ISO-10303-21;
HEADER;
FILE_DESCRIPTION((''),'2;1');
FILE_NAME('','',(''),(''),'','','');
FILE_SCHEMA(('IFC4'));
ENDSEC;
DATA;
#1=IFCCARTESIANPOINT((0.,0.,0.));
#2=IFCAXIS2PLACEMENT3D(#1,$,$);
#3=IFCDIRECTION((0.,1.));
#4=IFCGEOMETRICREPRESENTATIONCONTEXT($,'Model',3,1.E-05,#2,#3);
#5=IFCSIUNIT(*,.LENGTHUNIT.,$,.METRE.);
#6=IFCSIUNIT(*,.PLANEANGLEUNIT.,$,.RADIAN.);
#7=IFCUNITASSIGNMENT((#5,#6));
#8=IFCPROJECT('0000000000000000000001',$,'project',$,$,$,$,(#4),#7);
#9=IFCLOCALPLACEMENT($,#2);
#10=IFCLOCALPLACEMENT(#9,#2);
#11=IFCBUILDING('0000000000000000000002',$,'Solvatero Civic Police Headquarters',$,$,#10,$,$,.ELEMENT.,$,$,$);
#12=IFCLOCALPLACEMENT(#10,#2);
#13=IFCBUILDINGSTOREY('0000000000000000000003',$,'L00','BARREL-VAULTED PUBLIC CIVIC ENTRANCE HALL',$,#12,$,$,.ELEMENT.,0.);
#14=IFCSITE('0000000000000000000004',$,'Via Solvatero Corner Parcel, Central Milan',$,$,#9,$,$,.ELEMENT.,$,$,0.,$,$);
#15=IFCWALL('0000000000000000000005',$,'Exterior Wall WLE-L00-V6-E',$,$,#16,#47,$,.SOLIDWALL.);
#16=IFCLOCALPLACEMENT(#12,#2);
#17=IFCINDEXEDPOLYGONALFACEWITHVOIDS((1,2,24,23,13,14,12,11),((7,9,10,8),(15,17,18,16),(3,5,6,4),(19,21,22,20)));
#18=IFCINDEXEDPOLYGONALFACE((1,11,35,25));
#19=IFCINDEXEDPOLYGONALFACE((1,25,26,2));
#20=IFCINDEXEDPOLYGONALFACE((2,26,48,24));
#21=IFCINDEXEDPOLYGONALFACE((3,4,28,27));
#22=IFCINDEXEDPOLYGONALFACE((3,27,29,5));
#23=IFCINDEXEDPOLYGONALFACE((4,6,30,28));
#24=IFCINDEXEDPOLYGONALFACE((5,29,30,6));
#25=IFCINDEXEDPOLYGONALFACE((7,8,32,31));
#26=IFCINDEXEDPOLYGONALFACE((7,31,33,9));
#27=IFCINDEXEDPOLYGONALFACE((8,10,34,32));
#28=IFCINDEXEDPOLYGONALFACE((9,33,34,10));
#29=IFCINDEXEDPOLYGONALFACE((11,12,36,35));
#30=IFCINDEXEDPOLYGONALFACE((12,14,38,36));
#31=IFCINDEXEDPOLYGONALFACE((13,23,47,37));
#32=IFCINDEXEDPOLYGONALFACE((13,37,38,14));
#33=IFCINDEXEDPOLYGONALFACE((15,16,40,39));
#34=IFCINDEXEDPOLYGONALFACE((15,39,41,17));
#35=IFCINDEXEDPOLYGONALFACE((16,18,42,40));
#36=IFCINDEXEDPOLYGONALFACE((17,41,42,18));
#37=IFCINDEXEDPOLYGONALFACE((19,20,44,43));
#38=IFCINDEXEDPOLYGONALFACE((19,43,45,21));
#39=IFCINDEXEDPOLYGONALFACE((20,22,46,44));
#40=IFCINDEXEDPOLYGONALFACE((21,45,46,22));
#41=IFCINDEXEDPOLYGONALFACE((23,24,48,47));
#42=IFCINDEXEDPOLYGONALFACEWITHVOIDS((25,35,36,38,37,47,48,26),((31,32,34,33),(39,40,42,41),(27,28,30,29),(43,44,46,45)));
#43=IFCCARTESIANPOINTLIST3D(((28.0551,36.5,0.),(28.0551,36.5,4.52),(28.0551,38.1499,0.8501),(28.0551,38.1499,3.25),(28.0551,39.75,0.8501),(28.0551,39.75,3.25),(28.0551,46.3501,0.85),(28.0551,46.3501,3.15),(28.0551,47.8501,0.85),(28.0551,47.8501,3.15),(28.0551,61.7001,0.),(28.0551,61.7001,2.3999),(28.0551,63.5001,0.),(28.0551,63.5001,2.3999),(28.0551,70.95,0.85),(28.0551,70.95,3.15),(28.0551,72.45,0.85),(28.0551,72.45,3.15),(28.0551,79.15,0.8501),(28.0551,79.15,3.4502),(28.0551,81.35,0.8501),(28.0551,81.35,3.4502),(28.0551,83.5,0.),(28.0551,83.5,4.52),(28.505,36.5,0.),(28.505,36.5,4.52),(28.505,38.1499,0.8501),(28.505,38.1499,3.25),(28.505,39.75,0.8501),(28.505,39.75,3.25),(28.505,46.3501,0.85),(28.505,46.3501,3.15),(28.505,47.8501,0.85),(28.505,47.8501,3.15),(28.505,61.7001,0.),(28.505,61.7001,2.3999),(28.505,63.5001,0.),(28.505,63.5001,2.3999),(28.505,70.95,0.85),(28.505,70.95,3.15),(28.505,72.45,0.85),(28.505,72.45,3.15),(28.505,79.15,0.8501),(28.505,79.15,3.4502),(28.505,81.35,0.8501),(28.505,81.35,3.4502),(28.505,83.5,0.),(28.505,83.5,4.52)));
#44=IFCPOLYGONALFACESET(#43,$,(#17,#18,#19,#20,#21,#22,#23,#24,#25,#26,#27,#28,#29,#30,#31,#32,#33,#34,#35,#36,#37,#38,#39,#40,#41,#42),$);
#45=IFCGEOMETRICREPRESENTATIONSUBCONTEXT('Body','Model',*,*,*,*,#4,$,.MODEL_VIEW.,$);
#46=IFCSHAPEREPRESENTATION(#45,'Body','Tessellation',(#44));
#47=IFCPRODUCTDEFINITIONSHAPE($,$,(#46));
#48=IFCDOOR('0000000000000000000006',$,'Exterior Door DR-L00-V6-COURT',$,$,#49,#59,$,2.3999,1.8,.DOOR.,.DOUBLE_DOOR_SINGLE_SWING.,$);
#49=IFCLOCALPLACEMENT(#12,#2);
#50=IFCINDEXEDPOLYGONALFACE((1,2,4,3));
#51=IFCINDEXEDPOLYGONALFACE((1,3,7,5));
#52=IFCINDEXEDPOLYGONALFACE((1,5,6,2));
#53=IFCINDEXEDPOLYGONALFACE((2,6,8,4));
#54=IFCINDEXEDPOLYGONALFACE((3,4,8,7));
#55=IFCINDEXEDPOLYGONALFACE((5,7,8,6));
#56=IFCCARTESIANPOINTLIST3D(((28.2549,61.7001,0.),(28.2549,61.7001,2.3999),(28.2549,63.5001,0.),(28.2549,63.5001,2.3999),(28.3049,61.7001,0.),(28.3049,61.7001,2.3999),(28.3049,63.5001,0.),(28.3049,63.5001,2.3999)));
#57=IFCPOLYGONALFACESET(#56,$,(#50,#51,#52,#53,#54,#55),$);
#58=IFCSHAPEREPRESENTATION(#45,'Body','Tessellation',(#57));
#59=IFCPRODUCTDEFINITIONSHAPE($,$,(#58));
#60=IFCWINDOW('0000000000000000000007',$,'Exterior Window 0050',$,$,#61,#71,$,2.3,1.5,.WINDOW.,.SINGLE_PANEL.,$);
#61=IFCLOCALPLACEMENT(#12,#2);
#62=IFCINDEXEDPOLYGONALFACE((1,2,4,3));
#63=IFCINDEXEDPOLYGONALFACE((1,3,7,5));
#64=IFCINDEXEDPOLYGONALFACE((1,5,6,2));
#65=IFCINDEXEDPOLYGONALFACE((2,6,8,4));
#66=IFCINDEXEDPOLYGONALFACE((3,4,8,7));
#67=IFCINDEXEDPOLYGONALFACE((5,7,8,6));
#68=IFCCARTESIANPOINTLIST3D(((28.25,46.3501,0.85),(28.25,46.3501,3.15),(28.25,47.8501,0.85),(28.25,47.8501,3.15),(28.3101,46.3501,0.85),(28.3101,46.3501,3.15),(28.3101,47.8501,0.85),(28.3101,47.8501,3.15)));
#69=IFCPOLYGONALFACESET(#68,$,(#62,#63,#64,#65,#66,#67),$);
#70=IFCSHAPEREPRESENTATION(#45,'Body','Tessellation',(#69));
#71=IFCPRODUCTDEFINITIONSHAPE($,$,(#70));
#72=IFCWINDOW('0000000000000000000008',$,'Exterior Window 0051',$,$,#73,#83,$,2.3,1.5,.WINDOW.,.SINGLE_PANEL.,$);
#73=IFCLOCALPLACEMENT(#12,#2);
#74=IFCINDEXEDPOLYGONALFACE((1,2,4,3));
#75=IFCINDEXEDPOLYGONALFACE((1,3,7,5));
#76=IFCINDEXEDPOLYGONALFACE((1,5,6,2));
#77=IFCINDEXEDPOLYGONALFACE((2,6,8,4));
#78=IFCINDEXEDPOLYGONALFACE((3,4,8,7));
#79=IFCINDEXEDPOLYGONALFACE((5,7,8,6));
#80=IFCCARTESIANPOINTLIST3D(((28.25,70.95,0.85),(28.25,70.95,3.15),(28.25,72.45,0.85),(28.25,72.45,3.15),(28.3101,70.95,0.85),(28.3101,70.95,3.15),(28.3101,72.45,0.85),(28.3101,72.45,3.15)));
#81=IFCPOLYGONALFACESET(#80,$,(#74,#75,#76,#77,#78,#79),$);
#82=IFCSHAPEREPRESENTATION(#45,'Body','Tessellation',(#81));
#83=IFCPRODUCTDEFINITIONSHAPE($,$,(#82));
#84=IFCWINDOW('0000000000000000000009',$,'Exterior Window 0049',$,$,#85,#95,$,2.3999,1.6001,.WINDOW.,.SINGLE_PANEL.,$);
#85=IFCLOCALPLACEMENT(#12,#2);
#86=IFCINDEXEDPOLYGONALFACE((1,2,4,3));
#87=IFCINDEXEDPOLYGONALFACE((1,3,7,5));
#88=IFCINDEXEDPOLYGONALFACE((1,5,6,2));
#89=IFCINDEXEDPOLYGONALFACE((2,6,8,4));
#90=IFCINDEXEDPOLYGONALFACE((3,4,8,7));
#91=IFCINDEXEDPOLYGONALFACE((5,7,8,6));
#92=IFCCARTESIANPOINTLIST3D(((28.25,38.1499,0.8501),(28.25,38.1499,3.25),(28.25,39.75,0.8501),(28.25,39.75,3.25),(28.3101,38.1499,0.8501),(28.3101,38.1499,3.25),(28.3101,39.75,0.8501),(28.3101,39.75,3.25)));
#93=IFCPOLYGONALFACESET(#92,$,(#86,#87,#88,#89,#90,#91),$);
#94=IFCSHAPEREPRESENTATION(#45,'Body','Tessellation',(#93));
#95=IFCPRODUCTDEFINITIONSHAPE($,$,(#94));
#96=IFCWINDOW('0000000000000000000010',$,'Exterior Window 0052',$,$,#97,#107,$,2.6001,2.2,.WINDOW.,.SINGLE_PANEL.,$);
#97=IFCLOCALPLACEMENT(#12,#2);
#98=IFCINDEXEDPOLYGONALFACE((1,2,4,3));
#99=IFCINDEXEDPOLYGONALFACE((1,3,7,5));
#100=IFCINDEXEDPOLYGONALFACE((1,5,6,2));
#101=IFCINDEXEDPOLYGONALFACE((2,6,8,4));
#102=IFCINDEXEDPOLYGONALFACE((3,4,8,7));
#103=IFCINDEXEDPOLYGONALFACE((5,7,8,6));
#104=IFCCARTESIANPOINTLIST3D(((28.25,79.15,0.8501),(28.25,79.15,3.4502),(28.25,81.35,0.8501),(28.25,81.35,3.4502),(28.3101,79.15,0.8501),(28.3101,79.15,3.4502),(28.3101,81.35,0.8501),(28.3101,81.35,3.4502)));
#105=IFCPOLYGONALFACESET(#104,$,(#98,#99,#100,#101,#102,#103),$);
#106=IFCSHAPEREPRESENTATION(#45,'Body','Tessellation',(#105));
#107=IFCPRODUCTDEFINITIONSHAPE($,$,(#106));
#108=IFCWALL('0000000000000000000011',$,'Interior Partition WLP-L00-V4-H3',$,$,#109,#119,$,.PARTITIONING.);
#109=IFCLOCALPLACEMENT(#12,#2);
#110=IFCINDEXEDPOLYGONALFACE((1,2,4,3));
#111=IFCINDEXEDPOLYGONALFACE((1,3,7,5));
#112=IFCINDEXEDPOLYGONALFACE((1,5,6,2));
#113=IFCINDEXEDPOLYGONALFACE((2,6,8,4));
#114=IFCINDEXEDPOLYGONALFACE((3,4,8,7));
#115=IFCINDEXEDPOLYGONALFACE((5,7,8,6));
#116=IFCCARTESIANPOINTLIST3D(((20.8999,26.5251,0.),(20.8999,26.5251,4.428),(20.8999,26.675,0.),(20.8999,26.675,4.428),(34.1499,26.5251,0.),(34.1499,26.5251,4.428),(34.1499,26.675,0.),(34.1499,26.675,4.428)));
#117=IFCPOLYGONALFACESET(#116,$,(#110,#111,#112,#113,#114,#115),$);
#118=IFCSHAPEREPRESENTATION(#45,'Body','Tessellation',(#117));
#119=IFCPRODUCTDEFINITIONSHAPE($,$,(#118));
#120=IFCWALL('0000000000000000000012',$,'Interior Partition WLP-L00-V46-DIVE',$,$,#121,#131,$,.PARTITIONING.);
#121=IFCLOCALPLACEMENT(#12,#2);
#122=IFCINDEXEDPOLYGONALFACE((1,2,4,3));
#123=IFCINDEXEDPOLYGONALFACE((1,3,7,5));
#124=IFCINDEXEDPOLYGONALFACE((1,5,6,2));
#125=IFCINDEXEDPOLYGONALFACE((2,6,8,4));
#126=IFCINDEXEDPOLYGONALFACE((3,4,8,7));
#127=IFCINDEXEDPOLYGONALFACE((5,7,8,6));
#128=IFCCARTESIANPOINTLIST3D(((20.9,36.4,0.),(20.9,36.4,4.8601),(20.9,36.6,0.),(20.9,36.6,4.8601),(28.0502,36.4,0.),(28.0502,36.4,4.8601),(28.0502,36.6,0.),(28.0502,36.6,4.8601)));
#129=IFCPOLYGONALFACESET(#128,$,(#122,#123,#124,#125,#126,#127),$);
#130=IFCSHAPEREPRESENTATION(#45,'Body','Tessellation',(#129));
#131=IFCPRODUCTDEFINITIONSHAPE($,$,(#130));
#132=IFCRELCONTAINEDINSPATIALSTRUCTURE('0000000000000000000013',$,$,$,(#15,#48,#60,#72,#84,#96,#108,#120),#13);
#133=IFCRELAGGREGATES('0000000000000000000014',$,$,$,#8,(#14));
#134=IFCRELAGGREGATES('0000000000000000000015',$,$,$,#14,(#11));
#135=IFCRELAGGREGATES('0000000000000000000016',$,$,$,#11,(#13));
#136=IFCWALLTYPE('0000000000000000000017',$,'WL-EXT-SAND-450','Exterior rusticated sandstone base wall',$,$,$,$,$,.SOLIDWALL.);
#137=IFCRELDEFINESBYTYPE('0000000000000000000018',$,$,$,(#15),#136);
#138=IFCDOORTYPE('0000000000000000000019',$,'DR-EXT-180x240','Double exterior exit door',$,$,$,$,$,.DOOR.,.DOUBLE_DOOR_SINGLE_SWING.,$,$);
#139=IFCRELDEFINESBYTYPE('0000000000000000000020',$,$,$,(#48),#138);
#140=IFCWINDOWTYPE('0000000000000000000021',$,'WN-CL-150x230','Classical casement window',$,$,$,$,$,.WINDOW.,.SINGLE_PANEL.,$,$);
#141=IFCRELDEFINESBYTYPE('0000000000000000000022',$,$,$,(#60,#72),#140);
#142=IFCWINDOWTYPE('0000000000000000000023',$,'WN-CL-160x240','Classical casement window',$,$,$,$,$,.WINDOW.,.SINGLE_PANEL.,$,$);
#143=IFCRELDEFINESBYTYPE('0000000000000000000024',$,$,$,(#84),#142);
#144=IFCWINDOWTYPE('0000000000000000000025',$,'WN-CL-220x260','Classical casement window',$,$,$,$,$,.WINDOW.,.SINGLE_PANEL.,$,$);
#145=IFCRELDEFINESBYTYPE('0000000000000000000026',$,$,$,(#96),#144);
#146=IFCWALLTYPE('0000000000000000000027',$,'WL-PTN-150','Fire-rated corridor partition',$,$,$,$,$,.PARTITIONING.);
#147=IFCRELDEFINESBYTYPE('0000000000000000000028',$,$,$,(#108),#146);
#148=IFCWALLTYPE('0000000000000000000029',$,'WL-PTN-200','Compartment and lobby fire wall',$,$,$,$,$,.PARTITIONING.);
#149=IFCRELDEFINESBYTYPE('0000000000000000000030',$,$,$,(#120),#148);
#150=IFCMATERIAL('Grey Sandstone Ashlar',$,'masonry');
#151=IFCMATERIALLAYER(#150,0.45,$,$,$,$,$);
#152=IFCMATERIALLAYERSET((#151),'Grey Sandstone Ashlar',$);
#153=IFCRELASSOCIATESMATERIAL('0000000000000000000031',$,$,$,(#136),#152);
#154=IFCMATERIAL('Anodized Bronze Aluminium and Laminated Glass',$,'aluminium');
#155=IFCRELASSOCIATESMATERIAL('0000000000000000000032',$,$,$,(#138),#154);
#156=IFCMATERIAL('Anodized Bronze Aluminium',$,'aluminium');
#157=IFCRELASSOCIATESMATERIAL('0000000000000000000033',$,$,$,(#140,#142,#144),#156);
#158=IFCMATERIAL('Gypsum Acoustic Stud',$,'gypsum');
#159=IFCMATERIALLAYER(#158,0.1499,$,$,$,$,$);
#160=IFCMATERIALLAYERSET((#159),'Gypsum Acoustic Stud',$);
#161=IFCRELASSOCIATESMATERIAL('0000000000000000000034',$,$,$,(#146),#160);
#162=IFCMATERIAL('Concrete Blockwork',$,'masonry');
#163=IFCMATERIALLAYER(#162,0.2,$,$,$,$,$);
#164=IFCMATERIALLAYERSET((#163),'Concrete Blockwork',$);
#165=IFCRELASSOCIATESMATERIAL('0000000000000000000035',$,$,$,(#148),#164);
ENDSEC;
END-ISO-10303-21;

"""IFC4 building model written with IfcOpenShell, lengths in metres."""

from ifc_helpers import new_model, si_unit, direction, frame, frame_2d, origin, place, context, subcontext, project, spatial, rectangle, extrude, material, layer, layer_set, type_object, element, fill, save


model = new_model("IFC4")

# Units and contexts
model_context = context("Model", 3, precision=1e-05, world=origin(), true_north=direction((0.0, 1.0)))
body_context = subcontext(model_context, "Body", "Model", "MODEL_VIEW")
ifc_project = project(units=[si_unit("LENGTHUNIT", "METRE"), si_unit("PLANEANGLEUNIT", "RADIAN")], contexts=[model_context])

# Site, building, storey
site_placement = place(None, origin())
site = spatial("IfcSite", under=ifc_project, at=site_placement, Name="Via Solvatero Corner Parcel, Central Milan", CompositionType="ELEMENT", RefElevation=0.0)
building_placement = place(site_placement, origin())
building = spatial("IfcBuilding", under=site, at=building_placement, Name="Solvatero Civic Police Headquarters", CompositionType="ELEMENT")
storey_placement = place(building_placement, origin())
storey = spatial("IfcBuildingStorey", under=building, at=storey_placement, Name="L00", Description="BARREL-VAULTED PUBLIC CIVIC ENTRANCE HALL", CompositionType="ELEMENT", Elevation=0.0)

# Shared definitions
ifc_material_1 = material(Name="Grey Sandstone Ashlar", Category="masonry")
ifc_layer_1 = layer(ifc_material_1, 0.45)
ifc_layer_set_1 = layer_set([ifc_layer_1], Name="Grey Sandstone Ashlar")
wall_type_1 = type_object("IfcWallType", Name="WL-EXT-SAND-450", Description="Exterior rusticated sandstone base wall", PredefinedType="SOLIDWALL", material=ifc_layer_set_1)
ifc_material_2 = material(Name="Anodized Bronze Aluminium", Category="aluminium")

# Wall, openings, door, windows
wall_1_placement = place(storey_placement, frame((28.28, 36.5, 0.0), z_axis=(0.0, 0.0, 1.0), x_axis=(0.0, 1.0, 0.0)))
wall_1 = element("IfcWall", 1, at=wall_1_placement, inside=storey, type_object=wall_type_1, Name="Exterior Wall WLE-L00-V6-E", PredefinedType="SOLIDWALL", context=body_context, shape_type="SweptSolid", body=[
    extrude(rectangle(XDim=47.0, YDim=0.45, at=frame_2d((23.5, 0.0))), origin(), (0.0, 0.0, 1.0), 4.52),
])
opening_1_placement = place(wall_1_placement, frame((27.0, 0.0, 0.0), z_axis=(0.0, 0.0, 1.0), x_axis=(-1.0, 0.0, 0.0)))
opening_1 = element("IfcOpeningElement", 2, at=opening_1_placement, cuts=wall_1, PredefinedType="OPENING", context=body_context, shape_type="SweptSolid", body=[
    extrude(rectangle(XDim=1.8, YDim=2.3999, at=frame_2d((0.8999, 1.2))), frame((0.0, 0.2349, 0.0), z_axis=(0.0, -1.0, 0.0), x_axis=(1.0, 0.0, 0.0)), (0.0, 0.0, 1.0), 0.47),
])
opening_2_placement = place(wall_1_placement, frame((1.6499, 0.0, 0.8501)))
opening_2 = element("IfcOpeningElement", 3, at=opening_2_placement, cuts=wall_1, PredefinedType="OPENING", context=body_context, shape_type="SweptSolid", body=[
    extrude(rectangle(XDim=1.6001, YDim=2.3999, at=frame_2d((0.8, 1.2))), frame((0.0, 0.2349, 0.0), z_axis=(0.0, -1.0, 0.0), x_axis=(1.0, 0.0, 0.0)), (0.0, 0.0, 1.0), 0.47),
])
opening_3_placement = place(wall_1_placement, frame((9.8501, 0.0, 0.8501)))
opening_3 = element("IfcOpeningElement", 4, at=opening_3_placement, cuts=wall_1, PredefinedType="OPENING", context=body_context, shape_type="SweptSolid", body=[
    extrude(rectangle(XDim=1.5, YDim=2.3, at=frame_2d((0.75, 1.1499))), frame((0.0, 0.2349, 0.0), z_axis=(0.0, -1.0, 0.0), x_axis=(1.0, 0.0, 0.0)), (0.0, 0.0, 1.0), 0.47),
])
opening_4_placement = place(wall_1_placement, frame((34.45, 0.0, 0.8501)))
opening_4 = element("IfcOpeningElement", 5, at=opening_4_placement, cuts=wall_1, PredefinedType="OPENING", context=body_context, shape_type="SweptSolid", body=[
    extrude(rectangle(XDim=1.5, YDim=2.3, at=frame_2d((0.75, 1.1499))), frame((0.0, 0.2349, 0.0), z_axis=(0.0, -1.0, 0.0), x_axis=(1.0, 0.0, 0.0)), (0.0, 0.0, 1.0), 0.47),
])
opening_5_placement = place(wall_1_placement, frame((42.6499, 0.0, 0.8501)))
opening_5 = element("IfcOpeningElement", 6, at=opening_5_placement, cuts=wall_1, PredefinedType="OPENING", context=body_context, shape_type="SweptSolid", body=[
    extrude(rectangle(XDim=2.2, YDim=2.6001, at=frame_2d((1.1001, 1.3))), frame((0.0, 0.2349, 0.0), z_axis=(0.0, -1.0, 0.0), x_axis=(1.0, 0.0, 0.0)), (0.0, 0.0, 1.0), 0.47),
])
ifc_material_3 = material(Name="Anodized Bronze Aluminium and Laminated Glass", Category="aluminium")
door_type = type_object("IfcDoorType", Name="DR-EXT-180x240", Description="Double exterior exit door", OperationType="DOUBLE_DOOR_SINGLE_SWING", PredefinedType="DOOR", material=ifc_material_3)
door_placement = place(opening_1_placement, origin())
door = element("IfcDoor", 7, at=door_placement, inside=storey, type_object=door_type, Name="Exterior Door DR-L00-V6-COURT", OperationType="DOUBLE_DOOR_SINGLE_SWING", OverallHeight=2.3999, OverallWidth=1.8, PredefinedType="DOOR", context=body_context, shape_type="SweptSolid", body=[
    extrude(rectangle(XDim=1.8, YDim=2.3999, at=frame_2d((0.8999, 1.2))), frame((0.0, 0.0249, 0.0), z_axis=(0.0, -1.0, 0.0), x_axis=(1.0, 0.0, 0.0)), (0.0, 0.0, 1.0), 0.05),
])
fill(opening_1, door)
window_type_1 = type_object("IfcWindowType", Name="WN-CL-150x230", Description="Classical casement window", PartitioningType="SINGLE_PANEL", PredefinedType="WINDOW", material=ifc_material_2)
window_1_placement = place(opening_3_placement, origin())
window_1 = element("IfcWindow", 8, at=window_1_placement, inside=storey, type_object=window_type_1, Name="Exterior Window 0050", OverallHeight=2.3, OverallWidth=1.5, PartitioningType="SINGLE_PANEL", PredefinedType="WINDOW", context=body_context, shape_type="SweptSolid", body=[
    extrude(rectangle(XDim=1.5, YDim=2.3, at=frame_2d((0.75, 1.1499))), frame((0.0, 0.03, 0.0), z_axis=(0.0, -1.0, 0.0), x_axis=(1.0, 0.0, 0.0)), (0.0, 0.0, 1.0), 0.0601),
])
fill(opening_3, window_1)
window_2_placement = place(opening_4_placement, origin())
window_2 = element("IfcWindow", 9, at=window_2_placement, inside=storey, type_object=window_type_1, Name="Exterior Window 0051", OverallHeight=2.3, OverallWidth=1.5, PartitioningType="SINGLE_PANEL", PredefinedType="WINDOW", context=body_context, shape_type="SweptSolid", body=[
    extrude(rectangle(XDim=1.5, YDim=2.3, at=frame_2d((0.75, 1.1499))), frame((0.0, 0.03, 0.0), z_axis=(0.0, -1.0, 0.0), x_axis=(1.0, 0.0, 0.0)), (0.0, 0.0, 1.0), 0.0601),
])
fill(opening_4, window_2)
window_type_2 = type_object("IfcWindowType", Name="WN-CL-160x240", Description="Classical casement window", PartitioningType="SINGLE_PANEL", PredefinedType="WINDOW", material=ifc_material_2)
window_3_placement = place(opening_2_placement, origin())
window_3 = element("IfcWindow", 10, at=window_3_placement, inside=storey, type_object=window_type_2, Name="Exterior Window 0049", OverallHeight=2.3999, OverallWidth=1.6001, PartitioningType="SINGLE_PANEL", PredefinedType="WINDOW", context=body_context, shape_type="SweptSolid", body=[
    extrude(rectangle(XDim=1.6001, YDim=2.3999, at=frame_2d((0.8, 1.2))), frame((0.0, 0.03, 0.0), z_axis=(0.0, -1.0, 0.0), x_axis=(1.0, 0.0, 0.0)), (0.0, 0.0, 1.0), 0.0601),
])
fill(opening_2, window_3)
window_type_3 = type_object("IfcWindowType", Name="WN-CL-220x260", Description="Classical casement window", PartitioningType="SINGLE_PANEL", PredefinedType="WINDOW", material=ifc_material_2)
window_4_placement = place(opening_5_placement, origin())
window_4 = element("IfcWindow", 11, at=window_4_placement, inside=storey, type_object=window_type_3, Name="Exterior Window 0052", OverallHeight=2.6001, OverallWidth=2.2, PartitioningType="SINGLE_PANEL", PredefinedType="WINDOW", context=body_context, shape_type="SweptSolid", body=[
    extrude(rectangle(XDim=2.2, YDim=2.6001, at=frame_2d((1.1001, 1.3))), frame((0.0, 0.03, 0.0), z_axis=(0.0, -1.0, 0.0), x_axis=(1.0, 0.0, 0.0)), (0.0, 0.0, 1.0), 0.0601),
])
fill(opening_5, window_4)

# Walls
ifc_material_4 = material(Name="Gypsum Acoustic Stud", Category="gypsum")
ifc_layer_2 = layer(ifc_material_4, 0.1499)
ifc_layer_set_2 = layer_set([ifc_layer_2], Name="Gypsum Acoustic Stud")
wall_type_2 = type_object("IfcWallType", Name="WL-PTN-150", Description="Fire-rated corridor partition", PredefinedType="PARTITIONING", material=ifc_layer_set_2)
wall_2_placement = place(storey_placement, frame((20.8999, 26.6001, 0.0), z_axis=(0.0, 0.0, 1.0), x_axis=(1.0, 0.0, 0.0)))
element("IfcWall", 12, at=wall_2_placement, inside=storey, type_object=wall_type_2, Name="Interior Partition WLP-L00-V4-H3", PredefinedType="PARTITIONING", context=body_context, shape_type="SweptSolid", body=[
    extrude(rectangle(XDim=13.25, YDim=0.1499, at=frame_2d((6.625, 0.0))), origin(), (0.0, 0.0, 1.0), 4.428),
])
ifc_material_5 = material(Name="Concrete Blockwork", Category="masonry")
ifc_layer_3 = layer(ifc_material_5, 0.2)
ifc_layer_set_3 = layer_set([ifc_layer_3], Name="Concrete Blockwork")
wall_type_3 = type_object("IfcWallType", Name="WL-PTN-200", Description="Compartment and lobby fire wall", PredefinedType="PARTITIONING", material=ifc_layer_set_3)
wall_3_placement = place(storey_placement, frame((20.8999, 36.5, 0.0), z_axis=(0.0, 0.0, 1.0), x_axis=(1.0, 0.0, 0.0)))
element("IfcWall", 13, at=wall_3_placement, inside=storey, type_object=wall_type_3, Name="Interior Partition WLP-L00-V46-DIVE", PredefinedType="PARTITIONING", context=body_context, shape_type="SweptSolid", body=[
    extrude(rectangle(XDim=7.1501, YDim=0.2, at=frame_2d((3.5752, 0.0))), origin(), (0.0, 0.0, 1.0), 4.8601),
])

save(model, "model.ifc")
